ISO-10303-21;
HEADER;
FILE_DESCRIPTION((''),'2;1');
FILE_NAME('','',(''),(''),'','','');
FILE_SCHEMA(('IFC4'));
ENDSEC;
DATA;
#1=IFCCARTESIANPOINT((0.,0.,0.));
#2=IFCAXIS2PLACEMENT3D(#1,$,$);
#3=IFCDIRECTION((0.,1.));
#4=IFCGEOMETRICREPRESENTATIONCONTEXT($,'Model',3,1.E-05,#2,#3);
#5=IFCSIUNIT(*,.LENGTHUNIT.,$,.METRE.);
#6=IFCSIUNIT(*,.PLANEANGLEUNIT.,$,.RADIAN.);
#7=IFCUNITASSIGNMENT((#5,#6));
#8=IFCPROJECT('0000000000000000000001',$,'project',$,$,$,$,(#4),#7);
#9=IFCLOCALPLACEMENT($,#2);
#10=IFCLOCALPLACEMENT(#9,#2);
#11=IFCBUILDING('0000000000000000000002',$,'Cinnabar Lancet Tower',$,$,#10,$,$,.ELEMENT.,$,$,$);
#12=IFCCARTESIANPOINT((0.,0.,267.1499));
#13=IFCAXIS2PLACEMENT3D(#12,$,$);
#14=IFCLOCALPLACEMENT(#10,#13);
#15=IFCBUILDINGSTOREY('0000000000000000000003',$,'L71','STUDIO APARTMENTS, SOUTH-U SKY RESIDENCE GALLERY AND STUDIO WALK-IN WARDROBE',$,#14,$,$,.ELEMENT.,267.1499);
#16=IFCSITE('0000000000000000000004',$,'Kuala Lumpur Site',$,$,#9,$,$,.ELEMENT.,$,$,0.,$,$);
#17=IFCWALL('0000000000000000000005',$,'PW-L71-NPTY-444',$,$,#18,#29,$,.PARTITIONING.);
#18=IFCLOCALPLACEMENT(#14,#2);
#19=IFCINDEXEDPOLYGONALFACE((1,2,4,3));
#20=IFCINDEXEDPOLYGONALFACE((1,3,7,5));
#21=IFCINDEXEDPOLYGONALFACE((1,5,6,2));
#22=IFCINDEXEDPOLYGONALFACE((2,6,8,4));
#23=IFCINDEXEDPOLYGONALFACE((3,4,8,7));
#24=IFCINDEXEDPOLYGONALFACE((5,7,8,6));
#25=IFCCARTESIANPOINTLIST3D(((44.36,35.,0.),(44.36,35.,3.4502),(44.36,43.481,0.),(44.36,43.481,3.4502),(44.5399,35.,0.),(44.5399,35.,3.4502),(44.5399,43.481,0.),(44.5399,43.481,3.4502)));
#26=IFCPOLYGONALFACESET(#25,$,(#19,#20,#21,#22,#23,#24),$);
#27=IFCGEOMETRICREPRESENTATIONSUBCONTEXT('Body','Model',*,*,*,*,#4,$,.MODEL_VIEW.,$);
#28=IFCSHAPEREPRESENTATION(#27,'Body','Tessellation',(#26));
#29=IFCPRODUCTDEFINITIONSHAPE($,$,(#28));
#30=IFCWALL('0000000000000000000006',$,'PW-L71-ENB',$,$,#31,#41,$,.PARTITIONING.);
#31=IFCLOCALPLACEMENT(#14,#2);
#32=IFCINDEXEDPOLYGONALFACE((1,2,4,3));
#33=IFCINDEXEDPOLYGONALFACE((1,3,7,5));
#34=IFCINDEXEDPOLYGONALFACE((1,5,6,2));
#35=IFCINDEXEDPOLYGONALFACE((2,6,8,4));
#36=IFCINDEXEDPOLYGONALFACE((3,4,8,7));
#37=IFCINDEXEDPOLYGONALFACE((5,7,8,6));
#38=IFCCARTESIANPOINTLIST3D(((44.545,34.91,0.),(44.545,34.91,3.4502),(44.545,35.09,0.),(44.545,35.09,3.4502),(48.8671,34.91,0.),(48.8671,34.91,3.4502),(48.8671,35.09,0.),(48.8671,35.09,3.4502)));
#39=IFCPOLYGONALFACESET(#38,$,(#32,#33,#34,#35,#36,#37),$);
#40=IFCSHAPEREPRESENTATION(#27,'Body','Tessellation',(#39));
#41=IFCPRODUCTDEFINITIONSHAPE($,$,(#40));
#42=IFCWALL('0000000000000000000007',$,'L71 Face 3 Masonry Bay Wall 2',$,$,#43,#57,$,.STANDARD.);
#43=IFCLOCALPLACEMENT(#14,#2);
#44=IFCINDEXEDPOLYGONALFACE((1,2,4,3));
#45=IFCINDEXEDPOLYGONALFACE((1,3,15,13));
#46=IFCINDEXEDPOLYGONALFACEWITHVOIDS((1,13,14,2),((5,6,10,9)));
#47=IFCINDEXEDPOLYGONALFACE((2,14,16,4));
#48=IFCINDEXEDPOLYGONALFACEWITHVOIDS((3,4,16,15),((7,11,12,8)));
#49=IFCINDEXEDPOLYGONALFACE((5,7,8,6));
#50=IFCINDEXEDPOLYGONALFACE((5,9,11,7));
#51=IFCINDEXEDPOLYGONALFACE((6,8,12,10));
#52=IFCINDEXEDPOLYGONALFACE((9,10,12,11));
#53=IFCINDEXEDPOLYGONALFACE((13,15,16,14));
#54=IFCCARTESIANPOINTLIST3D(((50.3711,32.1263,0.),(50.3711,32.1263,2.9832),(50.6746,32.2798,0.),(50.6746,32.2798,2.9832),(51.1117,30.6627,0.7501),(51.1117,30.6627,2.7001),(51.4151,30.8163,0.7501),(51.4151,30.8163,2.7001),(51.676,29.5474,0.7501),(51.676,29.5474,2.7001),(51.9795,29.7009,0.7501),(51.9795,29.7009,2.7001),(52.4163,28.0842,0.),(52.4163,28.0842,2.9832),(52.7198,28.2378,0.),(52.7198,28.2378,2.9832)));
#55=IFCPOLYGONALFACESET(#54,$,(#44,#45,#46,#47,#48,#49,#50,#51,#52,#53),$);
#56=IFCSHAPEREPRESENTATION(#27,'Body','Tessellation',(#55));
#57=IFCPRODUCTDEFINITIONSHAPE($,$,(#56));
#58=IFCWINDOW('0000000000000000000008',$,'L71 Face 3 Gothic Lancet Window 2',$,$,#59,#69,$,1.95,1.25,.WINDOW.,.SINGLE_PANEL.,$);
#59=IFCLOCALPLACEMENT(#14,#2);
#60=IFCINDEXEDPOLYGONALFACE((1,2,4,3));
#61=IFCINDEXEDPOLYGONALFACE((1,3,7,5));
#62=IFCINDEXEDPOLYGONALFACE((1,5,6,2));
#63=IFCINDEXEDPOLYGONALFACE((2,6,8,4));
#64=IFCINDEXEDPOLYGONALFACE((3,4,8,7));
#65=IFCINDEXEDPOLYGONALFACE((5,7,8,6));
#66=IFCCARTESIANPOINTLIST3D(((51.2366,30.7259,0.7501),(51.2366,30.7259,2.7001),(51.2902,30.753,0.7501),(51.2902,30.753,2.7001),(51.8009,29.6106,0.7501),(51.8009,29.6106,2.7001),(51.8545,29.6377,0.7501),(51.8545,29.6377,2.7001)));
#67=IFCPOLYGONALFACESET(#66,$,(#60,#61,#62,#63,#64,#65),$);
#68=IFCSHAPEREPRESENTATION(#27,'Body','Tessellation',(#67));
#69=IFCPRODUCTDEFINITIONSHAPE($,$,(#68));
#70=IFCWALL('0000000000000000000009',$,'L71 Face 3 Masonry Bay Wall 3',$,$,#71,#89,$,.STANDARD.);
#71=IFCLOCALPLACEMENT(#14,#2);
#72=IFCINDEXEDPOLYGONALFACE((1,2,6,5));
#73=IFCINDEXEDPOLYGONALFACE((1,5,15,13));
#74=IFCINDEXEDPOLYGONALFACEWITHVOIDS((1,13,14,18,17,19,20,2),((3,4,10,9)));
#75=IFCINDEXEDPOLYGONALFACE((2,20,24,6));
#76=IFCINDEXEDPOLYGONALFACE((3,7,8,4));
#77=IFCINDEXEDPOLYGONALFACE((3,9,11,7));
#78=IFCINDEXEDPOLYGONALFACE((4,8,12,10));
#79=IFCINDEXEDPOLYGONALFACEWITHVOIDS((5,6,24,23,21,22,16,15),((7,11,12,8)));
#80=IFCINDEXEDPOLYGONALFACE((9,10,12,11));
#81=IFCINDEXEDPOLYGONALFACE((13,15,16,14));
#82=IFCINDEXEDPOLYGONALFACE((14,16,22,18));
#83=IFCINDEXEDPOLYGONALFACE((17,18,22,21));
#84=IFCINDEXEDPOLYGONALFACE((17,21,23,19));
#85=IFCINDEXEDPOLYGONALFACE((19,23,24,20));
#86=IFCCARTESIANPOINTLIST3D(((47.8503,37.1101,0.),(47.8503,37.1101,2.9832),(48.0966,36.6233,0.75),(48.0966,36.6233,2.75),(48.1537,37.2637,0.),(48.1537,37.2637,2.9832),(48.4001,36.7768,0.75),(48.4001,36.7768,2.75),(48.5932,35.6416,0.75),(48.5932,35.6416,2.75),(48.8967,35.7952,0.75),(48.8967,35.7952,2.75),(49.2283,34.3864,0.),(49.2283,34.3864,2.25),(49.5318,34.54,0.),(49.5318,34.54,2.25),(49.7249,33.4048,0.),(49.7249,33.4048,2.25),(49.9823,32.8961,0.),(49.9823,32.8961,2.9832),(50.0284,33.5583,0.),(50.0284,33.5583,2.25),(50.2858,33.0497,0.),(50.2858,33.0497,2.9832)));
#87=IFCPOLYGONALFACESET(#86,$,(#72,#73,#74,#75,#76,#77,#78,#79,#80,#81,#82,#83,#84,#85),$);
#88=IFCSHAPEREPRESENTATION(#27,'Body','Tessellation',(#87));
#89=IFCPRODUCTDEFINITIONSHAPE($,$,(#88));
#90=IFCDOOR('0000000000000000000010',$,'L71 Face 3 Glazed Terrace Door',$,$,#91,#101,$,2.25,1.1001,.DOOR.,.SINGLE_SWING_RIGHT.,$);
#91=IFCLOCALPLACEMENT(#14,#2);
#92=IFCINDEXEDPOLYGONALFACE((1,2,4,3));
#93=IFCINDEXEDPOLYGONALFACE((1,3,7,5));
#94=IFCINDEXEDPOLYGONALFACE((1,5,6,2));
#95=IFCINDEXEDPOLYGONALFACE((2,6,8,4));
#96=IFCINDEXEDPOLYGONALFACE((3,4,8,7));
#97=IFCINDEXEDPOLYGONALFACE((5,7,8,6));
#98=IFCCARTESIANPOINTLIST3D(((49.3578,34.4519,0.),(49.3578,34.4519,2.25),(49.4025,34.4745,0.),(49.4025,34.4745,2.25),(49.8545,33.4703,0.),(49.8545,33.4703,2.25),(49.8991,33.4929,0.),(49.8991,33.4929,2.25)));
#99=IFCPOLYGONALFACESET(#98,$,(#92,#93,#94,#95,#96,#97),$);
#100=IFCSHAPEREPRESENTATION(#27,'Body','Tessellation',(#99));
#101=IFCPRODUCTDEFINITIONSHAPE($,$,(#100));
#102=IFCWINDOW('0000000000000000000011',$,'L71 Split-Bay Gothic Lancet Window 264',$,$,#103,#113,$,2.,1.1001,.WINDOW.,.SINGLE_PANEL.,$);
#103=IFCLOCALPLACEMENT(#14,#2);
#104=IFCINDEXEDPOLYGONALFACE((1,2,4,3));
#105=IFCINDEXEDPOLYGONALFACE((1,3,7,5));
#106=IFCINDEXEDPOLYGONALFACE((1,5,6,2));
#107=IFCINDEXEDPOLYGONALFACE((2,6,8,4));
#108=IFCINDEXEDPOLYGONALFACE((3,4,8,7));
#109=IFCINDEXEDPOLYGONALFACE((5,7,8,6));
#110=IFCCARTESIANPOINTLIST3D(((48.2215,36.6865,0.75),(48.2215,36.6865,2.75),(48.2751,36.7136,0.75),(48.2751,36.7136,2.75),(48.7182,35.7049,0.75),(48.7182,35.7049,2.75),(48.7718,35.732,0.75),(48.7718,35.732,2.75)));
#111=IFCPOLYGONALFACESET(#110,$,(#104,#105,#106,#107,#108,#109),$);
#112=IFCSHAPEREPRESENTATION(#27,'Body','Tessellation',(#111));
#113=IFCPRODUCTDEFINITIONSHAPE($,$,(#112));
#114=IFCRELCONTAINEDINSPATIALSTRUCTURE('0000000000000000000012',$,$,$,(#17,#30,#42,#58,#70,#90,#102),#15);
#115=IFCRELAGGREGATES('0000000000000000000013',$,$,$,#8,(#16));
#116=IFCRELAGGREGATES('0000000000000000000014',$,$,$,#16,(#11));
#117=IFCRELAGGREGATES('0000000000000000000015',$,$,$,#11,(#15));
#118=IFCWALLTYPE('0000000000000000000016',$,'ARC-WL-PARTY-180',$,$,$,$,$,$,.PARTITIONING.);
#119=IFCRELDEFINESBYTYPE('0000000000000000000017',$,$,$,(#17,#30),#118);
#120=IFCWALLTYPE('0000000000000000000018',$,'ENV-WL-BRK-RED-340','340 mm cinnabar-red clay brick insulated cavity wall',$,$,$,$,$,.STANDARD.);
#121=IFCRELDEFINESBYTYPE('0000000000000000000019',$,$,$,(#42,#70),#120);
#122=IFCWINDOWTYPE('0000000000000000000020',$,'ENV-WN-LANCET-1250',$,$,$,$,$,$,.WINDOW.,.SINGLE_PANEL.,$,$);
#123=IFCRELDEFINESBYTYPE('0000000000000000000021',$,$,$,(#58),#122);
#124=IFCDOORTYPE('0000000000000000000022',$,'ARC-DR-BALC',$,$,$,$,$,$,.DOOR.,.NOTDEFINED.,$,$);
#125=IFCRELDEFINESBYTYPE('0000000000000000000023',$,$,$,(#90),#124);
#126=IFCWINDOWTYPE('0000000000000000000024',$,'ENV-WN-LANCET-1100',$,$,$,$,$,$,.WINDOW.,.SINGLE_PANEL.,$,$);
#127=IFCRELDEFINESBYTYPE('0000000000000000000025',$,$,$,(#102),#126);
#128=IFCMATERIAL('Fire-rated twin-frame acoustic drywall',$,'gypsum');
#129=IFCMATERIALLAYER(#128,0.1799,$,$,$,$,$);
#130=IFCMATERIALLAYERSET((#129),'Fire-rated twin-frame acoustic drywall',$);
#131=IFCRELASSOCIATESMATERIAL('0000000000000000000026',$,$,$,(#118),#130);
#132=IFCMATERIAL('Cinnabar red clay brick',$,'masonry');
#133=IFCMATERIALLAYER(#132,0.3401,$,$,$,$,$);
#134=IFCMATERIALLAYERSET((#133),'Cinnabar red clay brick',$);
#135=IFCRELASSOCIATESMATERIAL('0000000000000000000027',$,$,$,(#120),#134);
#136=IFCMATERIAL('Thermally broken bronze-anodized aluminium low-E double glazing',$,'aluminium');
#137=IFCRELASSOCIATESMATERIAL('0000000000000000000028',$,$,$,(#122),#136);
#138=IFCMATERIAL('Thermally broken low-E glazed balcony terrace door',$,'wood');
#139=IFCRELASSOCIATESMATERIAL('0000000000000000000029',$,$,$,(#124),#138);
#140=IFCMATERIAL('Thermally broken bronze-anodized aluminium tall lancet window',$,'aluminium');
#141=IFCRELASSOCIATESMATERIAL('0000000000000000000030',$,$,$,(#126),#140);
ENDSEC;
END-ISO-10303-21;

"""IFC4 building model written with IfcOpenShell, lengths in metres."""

from ifc_helpers import new_model, si_unit, direction, frame, frame_2d, origin, place, context, subcontext, project, spatial, rectangle, extrude, material, layer, layer_set, type_object, element, fill, save


model = new_model("IFC4")

# Units and contexts
model_context = context("Model", 3, precision=1e-05, world=origin(), true_north=direction((0.0, 1.0)))
body_context = subcontext(model_context, "Body", "Model", "MODEL_VIEW")
ifc_project = project(units=[si_unit("LENGTHUNIT", "METRE"), si_unit("PLANEANGLEUNIT", "RADIAN")], contexts=[model_context])

# Site, building, storey
site_placement = place(None, origin())
site = spatial("IfcSite", under=ifc_project, at=site_placement, Name="Kuala Lumpur Site", CompositionType="ELEMENT", RefElevation=0.0)
building_placement = place(site_placement, origin())
building = spatial("IfcBuilding", under=site, at=building_placement, Name="Cinnabar Lancet Tower", CompositionType="ELEMENT")
storey_placement = place(building_placement, frame((0.0, 0.0, 267.1499)))
storey = spatial("IfcBuildingStorey", under=building, at=storey_placement, Name="L71", Description="STUDIO APARTMENTS, SOUTH-U SKY RESIDENCE GALLERY AND STUDIO WALK-IN WARDROBE", CompositionType="ELEMENT", Elevation=267.1499)

# Walls
ifc_material_1 = material(Name="Fire-rated twin-frame acoustic drywall", Category="gypsum")
ifc_layer_1 = layer(ifc_material_1, 0.1799)
ifc_layer_set_1 = layer_set([ifc_layer_1], Name="Fire-rated twin-frame acoustic drywall")
wall_type_1 = type_object("IfcWallType", Name="ARC-WL-PARTY-180", PredefinedType="PARTITIONING", material=ifc_layer_set_1)
wall_1_placement = place(storey_placement, frame((44.45, 35.0, 0.0), z_axis=(0.0, 0.0, 1.0), x_axis=(0.0, 1.0, 0.0)))
element("IfcWall", 1, at=wall_1_placement, inside=storey, type_object=wall_type_1, Name="PW-L71-NPTY-444", PredefinedType="PARTITIONING", context=body_context, shape_type="SweptSolid", body=[
    extrude(rectangle(XDim=8.481, YDim=0.1799, at=frame_2d((4.2405, 0.0))), origin(), (0.0, 0.0, 1.0), 3.4502),
])
wall_2_placement = place(storey_placement, frame((44.5449, 35.0, 0.0), z_axis=(0.0, 0.0, 1.0), x_axis=(1.0, 0.0, 0.0)))
element("IfcWall", 2, at=wall_2_placement, inside=storey, type_object=wall_type_1, Name="PW-L71-ENB", PredefinedType="PARTITIONING", context=body_context, shape_type="SweptSolid", body=[
    extrude(rectangle(XDim=4.322, YDim=0.1799, at=frame_2d((2.1611, 0.0))), origin(), (0.0, 0.0, 1.0), 3.4502),
])

# Wall, opening, window
ifc_material_2 = material(Name="Cinnabar red clay brick", Category="masonry")
ifc_layer_2 = layer(ifc_material_2, 0.3401)
ifc_layer_set_2 = layer_set([ifc_layer_2], Name="Cinnabar red clay brick")
wall_type_2 = type_object("IfcWallType", Name="ENV-WL-BRK-RED-340", Description="340 mm cinnabar-red clay brick insulated cavity wall", PredefinedType="STANDARD", material=ifc_layer_set_2)
wall_3_placement = place(storey_placement, frame((52.5681, 28.1609, 0.0), z_axis=(0.0, 0.0, 1.0), x_axis=(-0.451477, 0.892283, 0.0)))
wall_3 = element("IfcWall", 3, at=wall_3_placement, inside=storey, type_object=wall_type_2, Name="L71 Face 3 Masonry Bay Wall 2", PredefinedType="STANDARD", context=body_context, shape_type="SweptSolid", body=[
    extrude(rectangle(XDim=4.53, YDim=0.3401, at=frame_2d((2.2651, 0.0))), origin(), (0.0, 0.0, 1.0), 2.9832),
])
opening_1_placement = place(wall_3_placement, frame((1.6399, 0.0, 0.75)))
opening_1 = element("IfcOpeningElement", 4, at=opening_1_placement, cuts=wall_3, PredefinedType="OPENING", context=body_context, shape_type="SweptSolid", body=[
    extrude(rectangle(XDim=1.25, YDim=1.95, at=frame_2d((0.625, 0.9751))), frame((0.0, 0.1799, 0.0), z_axis=(0.0, -1.0, 0.0), x_axis=(1.0, 0.0, 0.0)), (0.0, 0.0, 1.0), 0.3601),
])
ifc_material_3 = material(Name="Thermally broken bronze-anodized aluminium low-E double glazing", Category="aluminium")
window_type_1 = type_object("IfcWindowType", Name="ENV-WN-LANCET-1250", PartitioningType="SINGLE_PANEL", PredefinedType="WINDOW", material=ifc_material_3)
window_1_placement = place(opening_1_placement, origin())
window_1 = element("IfcWindow", 5, at=window_1_placement, inside=storey, type_object=window_type_1, Name="L71 Face 3 Gothic Lancet Window 2", OverallHeight=1.95, OverallWidth=1.25, PartitioningType="SINGLE_PANEL", PredefinedType="WINDOW", context=body_context, shape_type="SweptSolid", body=[
    extrude(rectangle(XDim=1.25, YDim=1.95, at=frame_2d((0.625, 0.9751))), frame((0.0, 0.03, 0.0), z_axis=(0.0, -1.0, 0.0), x_axis=(1.0, 0.0, 0.0)), (0.0, 0.0, 1.0), 0.0601),
])
fill(opening_1, window_1)

# Wall, openings, door, window
wall_4_placement = place(storey_placement, frame((50.134, 32.9729, 0.0), z_axis=(0.0, 0.0, 1.0), x_axis=(-0.451448, 0.892298, 0.0)))
wall_4 = element("IfcWall", 6, at=wall_4_placement, inside=storey, type_object=wall_type_2, Name="L71 Face 3 Masonry Bay Wall 3", PredefinedType="STANDARD", context=body_context, shape_type="SweptSolid", body=[
    extrude(rectangle(XDim=4.7227, YDim=0.3401, at=frame_2d((2.3613, 0.0))), origin(), (0.0, 0.0, 1.0), 2.9832),
])
opening_2_placement = place(wall_4_placement, frame((0.5701, 0.0, 0.0)))
opening_2 = element("IfcOpeningElement", 7, at=opening_2_placement, cuts=wall_4, PredefinedType="OPENING", context=body_context, shape_type="SweptSolid", body=[
    extrude(rectangle(XDim=1.1001, YDim=2.25, at=frame_2d((0.55, 1.125))), frame((0.0, 0.1799, 0.0), z_axis=(0.0, -1.0, 0.0), x_axis=(1.0, 0.0, 0.0)), (0.0, 0.0, 1.0), 0.3601),
])
opening_3_placement = place(wall_4_placement, frame((3.0769, 0.0, 0.75)))
opening_3 = element("IfcOpeningElement", 8, at=opening_3_placement, cuts=wall_4, PredefinedType="OPENING", context=body_context, shape_type="SweptSolid", body=[
    extrude(rectangle(XDim=1.1001, YDim=2.0, at=frame_2d((0.55, 1.0))), frame((0.0, 0.1799, 0.0), z_axis=(0.0, -1.0, 0.0), x_axis=(1.0, 0.0, 0.0)), (0.0, 0.0, 1.0), 0.3601),
])
ifc_material_4 = material(Name="Thermally broken low-E glazed balcony terrace door", Category="wood")
door_type = type_object("IfcDoorType", Name="ARC-DR-BALC", OperationType="NOTDEFINED", PredefinedType="DOOR", material=ifc_material_4)
door_placement = place(opening_2_placement, origin())
door = element("IfcDoor", 9, at=door_placement, inside=storey, type_object=door_type, Name="L71 Face 3 Glazed Terrace Door", OperationType="SINGLE_SWING_RIGHT", OverallHeight=2.25, OverallWidth=1.1001, PredefinedType="DOOR", context=body_context, shape_type="SweptSolid", body=[
    extrude(rectangle(XDim=1.1001, YDim=2.25, at=frame_2d((0.55, 1.125))), frame((0.0, 0.0249, 0.0), z_axis=(0.0, -1.0, 0.0), x_axis=(1.0, 0.0, 0.0)), (0.0, 0.0, 1.0), 0.05),
])
fill(opening_2, door)
ifc_material_5 = material(Name="Thermally broken bronze-anodized aluminium tall lancet window", Category="aluminium")
window_type_2 = type_object("IfcWindowType", Name="ENV-WN-LANCET-1100", PartitioningType="SINGLE_PANEL", PredefinedType="WINDOW", material=ifc_material_5)
window_2_placement = place(opening_3_placement, origin())
window_2 = element("IfcWindow", 10, at=window_2_placement, inside=storey, type_object=window_type_2, Name="L71 Split-Bay Gothic Lancet Window 264", OverallHeight=2.0, OverallWidth=1.1001, PartitioningType="SINGLE_PANEL", PredefinedType="WINDOW", context=body_context, shape_type="SweptSolid", body=[
    extrude(rectangle(XDim=1.1001, YDim=2.0, at=frame_2d((0.55, 1.0))), frame((0.0, 0.03, 0.0), z_axis=(0.0, -1.0, 0.0), x_axis=(1.0, 0.0, 0.0)), (0.0, 0.0, 1.0), 0.0601),
])
fill(opening_3, window_2)

save(model, "model.ifc")
